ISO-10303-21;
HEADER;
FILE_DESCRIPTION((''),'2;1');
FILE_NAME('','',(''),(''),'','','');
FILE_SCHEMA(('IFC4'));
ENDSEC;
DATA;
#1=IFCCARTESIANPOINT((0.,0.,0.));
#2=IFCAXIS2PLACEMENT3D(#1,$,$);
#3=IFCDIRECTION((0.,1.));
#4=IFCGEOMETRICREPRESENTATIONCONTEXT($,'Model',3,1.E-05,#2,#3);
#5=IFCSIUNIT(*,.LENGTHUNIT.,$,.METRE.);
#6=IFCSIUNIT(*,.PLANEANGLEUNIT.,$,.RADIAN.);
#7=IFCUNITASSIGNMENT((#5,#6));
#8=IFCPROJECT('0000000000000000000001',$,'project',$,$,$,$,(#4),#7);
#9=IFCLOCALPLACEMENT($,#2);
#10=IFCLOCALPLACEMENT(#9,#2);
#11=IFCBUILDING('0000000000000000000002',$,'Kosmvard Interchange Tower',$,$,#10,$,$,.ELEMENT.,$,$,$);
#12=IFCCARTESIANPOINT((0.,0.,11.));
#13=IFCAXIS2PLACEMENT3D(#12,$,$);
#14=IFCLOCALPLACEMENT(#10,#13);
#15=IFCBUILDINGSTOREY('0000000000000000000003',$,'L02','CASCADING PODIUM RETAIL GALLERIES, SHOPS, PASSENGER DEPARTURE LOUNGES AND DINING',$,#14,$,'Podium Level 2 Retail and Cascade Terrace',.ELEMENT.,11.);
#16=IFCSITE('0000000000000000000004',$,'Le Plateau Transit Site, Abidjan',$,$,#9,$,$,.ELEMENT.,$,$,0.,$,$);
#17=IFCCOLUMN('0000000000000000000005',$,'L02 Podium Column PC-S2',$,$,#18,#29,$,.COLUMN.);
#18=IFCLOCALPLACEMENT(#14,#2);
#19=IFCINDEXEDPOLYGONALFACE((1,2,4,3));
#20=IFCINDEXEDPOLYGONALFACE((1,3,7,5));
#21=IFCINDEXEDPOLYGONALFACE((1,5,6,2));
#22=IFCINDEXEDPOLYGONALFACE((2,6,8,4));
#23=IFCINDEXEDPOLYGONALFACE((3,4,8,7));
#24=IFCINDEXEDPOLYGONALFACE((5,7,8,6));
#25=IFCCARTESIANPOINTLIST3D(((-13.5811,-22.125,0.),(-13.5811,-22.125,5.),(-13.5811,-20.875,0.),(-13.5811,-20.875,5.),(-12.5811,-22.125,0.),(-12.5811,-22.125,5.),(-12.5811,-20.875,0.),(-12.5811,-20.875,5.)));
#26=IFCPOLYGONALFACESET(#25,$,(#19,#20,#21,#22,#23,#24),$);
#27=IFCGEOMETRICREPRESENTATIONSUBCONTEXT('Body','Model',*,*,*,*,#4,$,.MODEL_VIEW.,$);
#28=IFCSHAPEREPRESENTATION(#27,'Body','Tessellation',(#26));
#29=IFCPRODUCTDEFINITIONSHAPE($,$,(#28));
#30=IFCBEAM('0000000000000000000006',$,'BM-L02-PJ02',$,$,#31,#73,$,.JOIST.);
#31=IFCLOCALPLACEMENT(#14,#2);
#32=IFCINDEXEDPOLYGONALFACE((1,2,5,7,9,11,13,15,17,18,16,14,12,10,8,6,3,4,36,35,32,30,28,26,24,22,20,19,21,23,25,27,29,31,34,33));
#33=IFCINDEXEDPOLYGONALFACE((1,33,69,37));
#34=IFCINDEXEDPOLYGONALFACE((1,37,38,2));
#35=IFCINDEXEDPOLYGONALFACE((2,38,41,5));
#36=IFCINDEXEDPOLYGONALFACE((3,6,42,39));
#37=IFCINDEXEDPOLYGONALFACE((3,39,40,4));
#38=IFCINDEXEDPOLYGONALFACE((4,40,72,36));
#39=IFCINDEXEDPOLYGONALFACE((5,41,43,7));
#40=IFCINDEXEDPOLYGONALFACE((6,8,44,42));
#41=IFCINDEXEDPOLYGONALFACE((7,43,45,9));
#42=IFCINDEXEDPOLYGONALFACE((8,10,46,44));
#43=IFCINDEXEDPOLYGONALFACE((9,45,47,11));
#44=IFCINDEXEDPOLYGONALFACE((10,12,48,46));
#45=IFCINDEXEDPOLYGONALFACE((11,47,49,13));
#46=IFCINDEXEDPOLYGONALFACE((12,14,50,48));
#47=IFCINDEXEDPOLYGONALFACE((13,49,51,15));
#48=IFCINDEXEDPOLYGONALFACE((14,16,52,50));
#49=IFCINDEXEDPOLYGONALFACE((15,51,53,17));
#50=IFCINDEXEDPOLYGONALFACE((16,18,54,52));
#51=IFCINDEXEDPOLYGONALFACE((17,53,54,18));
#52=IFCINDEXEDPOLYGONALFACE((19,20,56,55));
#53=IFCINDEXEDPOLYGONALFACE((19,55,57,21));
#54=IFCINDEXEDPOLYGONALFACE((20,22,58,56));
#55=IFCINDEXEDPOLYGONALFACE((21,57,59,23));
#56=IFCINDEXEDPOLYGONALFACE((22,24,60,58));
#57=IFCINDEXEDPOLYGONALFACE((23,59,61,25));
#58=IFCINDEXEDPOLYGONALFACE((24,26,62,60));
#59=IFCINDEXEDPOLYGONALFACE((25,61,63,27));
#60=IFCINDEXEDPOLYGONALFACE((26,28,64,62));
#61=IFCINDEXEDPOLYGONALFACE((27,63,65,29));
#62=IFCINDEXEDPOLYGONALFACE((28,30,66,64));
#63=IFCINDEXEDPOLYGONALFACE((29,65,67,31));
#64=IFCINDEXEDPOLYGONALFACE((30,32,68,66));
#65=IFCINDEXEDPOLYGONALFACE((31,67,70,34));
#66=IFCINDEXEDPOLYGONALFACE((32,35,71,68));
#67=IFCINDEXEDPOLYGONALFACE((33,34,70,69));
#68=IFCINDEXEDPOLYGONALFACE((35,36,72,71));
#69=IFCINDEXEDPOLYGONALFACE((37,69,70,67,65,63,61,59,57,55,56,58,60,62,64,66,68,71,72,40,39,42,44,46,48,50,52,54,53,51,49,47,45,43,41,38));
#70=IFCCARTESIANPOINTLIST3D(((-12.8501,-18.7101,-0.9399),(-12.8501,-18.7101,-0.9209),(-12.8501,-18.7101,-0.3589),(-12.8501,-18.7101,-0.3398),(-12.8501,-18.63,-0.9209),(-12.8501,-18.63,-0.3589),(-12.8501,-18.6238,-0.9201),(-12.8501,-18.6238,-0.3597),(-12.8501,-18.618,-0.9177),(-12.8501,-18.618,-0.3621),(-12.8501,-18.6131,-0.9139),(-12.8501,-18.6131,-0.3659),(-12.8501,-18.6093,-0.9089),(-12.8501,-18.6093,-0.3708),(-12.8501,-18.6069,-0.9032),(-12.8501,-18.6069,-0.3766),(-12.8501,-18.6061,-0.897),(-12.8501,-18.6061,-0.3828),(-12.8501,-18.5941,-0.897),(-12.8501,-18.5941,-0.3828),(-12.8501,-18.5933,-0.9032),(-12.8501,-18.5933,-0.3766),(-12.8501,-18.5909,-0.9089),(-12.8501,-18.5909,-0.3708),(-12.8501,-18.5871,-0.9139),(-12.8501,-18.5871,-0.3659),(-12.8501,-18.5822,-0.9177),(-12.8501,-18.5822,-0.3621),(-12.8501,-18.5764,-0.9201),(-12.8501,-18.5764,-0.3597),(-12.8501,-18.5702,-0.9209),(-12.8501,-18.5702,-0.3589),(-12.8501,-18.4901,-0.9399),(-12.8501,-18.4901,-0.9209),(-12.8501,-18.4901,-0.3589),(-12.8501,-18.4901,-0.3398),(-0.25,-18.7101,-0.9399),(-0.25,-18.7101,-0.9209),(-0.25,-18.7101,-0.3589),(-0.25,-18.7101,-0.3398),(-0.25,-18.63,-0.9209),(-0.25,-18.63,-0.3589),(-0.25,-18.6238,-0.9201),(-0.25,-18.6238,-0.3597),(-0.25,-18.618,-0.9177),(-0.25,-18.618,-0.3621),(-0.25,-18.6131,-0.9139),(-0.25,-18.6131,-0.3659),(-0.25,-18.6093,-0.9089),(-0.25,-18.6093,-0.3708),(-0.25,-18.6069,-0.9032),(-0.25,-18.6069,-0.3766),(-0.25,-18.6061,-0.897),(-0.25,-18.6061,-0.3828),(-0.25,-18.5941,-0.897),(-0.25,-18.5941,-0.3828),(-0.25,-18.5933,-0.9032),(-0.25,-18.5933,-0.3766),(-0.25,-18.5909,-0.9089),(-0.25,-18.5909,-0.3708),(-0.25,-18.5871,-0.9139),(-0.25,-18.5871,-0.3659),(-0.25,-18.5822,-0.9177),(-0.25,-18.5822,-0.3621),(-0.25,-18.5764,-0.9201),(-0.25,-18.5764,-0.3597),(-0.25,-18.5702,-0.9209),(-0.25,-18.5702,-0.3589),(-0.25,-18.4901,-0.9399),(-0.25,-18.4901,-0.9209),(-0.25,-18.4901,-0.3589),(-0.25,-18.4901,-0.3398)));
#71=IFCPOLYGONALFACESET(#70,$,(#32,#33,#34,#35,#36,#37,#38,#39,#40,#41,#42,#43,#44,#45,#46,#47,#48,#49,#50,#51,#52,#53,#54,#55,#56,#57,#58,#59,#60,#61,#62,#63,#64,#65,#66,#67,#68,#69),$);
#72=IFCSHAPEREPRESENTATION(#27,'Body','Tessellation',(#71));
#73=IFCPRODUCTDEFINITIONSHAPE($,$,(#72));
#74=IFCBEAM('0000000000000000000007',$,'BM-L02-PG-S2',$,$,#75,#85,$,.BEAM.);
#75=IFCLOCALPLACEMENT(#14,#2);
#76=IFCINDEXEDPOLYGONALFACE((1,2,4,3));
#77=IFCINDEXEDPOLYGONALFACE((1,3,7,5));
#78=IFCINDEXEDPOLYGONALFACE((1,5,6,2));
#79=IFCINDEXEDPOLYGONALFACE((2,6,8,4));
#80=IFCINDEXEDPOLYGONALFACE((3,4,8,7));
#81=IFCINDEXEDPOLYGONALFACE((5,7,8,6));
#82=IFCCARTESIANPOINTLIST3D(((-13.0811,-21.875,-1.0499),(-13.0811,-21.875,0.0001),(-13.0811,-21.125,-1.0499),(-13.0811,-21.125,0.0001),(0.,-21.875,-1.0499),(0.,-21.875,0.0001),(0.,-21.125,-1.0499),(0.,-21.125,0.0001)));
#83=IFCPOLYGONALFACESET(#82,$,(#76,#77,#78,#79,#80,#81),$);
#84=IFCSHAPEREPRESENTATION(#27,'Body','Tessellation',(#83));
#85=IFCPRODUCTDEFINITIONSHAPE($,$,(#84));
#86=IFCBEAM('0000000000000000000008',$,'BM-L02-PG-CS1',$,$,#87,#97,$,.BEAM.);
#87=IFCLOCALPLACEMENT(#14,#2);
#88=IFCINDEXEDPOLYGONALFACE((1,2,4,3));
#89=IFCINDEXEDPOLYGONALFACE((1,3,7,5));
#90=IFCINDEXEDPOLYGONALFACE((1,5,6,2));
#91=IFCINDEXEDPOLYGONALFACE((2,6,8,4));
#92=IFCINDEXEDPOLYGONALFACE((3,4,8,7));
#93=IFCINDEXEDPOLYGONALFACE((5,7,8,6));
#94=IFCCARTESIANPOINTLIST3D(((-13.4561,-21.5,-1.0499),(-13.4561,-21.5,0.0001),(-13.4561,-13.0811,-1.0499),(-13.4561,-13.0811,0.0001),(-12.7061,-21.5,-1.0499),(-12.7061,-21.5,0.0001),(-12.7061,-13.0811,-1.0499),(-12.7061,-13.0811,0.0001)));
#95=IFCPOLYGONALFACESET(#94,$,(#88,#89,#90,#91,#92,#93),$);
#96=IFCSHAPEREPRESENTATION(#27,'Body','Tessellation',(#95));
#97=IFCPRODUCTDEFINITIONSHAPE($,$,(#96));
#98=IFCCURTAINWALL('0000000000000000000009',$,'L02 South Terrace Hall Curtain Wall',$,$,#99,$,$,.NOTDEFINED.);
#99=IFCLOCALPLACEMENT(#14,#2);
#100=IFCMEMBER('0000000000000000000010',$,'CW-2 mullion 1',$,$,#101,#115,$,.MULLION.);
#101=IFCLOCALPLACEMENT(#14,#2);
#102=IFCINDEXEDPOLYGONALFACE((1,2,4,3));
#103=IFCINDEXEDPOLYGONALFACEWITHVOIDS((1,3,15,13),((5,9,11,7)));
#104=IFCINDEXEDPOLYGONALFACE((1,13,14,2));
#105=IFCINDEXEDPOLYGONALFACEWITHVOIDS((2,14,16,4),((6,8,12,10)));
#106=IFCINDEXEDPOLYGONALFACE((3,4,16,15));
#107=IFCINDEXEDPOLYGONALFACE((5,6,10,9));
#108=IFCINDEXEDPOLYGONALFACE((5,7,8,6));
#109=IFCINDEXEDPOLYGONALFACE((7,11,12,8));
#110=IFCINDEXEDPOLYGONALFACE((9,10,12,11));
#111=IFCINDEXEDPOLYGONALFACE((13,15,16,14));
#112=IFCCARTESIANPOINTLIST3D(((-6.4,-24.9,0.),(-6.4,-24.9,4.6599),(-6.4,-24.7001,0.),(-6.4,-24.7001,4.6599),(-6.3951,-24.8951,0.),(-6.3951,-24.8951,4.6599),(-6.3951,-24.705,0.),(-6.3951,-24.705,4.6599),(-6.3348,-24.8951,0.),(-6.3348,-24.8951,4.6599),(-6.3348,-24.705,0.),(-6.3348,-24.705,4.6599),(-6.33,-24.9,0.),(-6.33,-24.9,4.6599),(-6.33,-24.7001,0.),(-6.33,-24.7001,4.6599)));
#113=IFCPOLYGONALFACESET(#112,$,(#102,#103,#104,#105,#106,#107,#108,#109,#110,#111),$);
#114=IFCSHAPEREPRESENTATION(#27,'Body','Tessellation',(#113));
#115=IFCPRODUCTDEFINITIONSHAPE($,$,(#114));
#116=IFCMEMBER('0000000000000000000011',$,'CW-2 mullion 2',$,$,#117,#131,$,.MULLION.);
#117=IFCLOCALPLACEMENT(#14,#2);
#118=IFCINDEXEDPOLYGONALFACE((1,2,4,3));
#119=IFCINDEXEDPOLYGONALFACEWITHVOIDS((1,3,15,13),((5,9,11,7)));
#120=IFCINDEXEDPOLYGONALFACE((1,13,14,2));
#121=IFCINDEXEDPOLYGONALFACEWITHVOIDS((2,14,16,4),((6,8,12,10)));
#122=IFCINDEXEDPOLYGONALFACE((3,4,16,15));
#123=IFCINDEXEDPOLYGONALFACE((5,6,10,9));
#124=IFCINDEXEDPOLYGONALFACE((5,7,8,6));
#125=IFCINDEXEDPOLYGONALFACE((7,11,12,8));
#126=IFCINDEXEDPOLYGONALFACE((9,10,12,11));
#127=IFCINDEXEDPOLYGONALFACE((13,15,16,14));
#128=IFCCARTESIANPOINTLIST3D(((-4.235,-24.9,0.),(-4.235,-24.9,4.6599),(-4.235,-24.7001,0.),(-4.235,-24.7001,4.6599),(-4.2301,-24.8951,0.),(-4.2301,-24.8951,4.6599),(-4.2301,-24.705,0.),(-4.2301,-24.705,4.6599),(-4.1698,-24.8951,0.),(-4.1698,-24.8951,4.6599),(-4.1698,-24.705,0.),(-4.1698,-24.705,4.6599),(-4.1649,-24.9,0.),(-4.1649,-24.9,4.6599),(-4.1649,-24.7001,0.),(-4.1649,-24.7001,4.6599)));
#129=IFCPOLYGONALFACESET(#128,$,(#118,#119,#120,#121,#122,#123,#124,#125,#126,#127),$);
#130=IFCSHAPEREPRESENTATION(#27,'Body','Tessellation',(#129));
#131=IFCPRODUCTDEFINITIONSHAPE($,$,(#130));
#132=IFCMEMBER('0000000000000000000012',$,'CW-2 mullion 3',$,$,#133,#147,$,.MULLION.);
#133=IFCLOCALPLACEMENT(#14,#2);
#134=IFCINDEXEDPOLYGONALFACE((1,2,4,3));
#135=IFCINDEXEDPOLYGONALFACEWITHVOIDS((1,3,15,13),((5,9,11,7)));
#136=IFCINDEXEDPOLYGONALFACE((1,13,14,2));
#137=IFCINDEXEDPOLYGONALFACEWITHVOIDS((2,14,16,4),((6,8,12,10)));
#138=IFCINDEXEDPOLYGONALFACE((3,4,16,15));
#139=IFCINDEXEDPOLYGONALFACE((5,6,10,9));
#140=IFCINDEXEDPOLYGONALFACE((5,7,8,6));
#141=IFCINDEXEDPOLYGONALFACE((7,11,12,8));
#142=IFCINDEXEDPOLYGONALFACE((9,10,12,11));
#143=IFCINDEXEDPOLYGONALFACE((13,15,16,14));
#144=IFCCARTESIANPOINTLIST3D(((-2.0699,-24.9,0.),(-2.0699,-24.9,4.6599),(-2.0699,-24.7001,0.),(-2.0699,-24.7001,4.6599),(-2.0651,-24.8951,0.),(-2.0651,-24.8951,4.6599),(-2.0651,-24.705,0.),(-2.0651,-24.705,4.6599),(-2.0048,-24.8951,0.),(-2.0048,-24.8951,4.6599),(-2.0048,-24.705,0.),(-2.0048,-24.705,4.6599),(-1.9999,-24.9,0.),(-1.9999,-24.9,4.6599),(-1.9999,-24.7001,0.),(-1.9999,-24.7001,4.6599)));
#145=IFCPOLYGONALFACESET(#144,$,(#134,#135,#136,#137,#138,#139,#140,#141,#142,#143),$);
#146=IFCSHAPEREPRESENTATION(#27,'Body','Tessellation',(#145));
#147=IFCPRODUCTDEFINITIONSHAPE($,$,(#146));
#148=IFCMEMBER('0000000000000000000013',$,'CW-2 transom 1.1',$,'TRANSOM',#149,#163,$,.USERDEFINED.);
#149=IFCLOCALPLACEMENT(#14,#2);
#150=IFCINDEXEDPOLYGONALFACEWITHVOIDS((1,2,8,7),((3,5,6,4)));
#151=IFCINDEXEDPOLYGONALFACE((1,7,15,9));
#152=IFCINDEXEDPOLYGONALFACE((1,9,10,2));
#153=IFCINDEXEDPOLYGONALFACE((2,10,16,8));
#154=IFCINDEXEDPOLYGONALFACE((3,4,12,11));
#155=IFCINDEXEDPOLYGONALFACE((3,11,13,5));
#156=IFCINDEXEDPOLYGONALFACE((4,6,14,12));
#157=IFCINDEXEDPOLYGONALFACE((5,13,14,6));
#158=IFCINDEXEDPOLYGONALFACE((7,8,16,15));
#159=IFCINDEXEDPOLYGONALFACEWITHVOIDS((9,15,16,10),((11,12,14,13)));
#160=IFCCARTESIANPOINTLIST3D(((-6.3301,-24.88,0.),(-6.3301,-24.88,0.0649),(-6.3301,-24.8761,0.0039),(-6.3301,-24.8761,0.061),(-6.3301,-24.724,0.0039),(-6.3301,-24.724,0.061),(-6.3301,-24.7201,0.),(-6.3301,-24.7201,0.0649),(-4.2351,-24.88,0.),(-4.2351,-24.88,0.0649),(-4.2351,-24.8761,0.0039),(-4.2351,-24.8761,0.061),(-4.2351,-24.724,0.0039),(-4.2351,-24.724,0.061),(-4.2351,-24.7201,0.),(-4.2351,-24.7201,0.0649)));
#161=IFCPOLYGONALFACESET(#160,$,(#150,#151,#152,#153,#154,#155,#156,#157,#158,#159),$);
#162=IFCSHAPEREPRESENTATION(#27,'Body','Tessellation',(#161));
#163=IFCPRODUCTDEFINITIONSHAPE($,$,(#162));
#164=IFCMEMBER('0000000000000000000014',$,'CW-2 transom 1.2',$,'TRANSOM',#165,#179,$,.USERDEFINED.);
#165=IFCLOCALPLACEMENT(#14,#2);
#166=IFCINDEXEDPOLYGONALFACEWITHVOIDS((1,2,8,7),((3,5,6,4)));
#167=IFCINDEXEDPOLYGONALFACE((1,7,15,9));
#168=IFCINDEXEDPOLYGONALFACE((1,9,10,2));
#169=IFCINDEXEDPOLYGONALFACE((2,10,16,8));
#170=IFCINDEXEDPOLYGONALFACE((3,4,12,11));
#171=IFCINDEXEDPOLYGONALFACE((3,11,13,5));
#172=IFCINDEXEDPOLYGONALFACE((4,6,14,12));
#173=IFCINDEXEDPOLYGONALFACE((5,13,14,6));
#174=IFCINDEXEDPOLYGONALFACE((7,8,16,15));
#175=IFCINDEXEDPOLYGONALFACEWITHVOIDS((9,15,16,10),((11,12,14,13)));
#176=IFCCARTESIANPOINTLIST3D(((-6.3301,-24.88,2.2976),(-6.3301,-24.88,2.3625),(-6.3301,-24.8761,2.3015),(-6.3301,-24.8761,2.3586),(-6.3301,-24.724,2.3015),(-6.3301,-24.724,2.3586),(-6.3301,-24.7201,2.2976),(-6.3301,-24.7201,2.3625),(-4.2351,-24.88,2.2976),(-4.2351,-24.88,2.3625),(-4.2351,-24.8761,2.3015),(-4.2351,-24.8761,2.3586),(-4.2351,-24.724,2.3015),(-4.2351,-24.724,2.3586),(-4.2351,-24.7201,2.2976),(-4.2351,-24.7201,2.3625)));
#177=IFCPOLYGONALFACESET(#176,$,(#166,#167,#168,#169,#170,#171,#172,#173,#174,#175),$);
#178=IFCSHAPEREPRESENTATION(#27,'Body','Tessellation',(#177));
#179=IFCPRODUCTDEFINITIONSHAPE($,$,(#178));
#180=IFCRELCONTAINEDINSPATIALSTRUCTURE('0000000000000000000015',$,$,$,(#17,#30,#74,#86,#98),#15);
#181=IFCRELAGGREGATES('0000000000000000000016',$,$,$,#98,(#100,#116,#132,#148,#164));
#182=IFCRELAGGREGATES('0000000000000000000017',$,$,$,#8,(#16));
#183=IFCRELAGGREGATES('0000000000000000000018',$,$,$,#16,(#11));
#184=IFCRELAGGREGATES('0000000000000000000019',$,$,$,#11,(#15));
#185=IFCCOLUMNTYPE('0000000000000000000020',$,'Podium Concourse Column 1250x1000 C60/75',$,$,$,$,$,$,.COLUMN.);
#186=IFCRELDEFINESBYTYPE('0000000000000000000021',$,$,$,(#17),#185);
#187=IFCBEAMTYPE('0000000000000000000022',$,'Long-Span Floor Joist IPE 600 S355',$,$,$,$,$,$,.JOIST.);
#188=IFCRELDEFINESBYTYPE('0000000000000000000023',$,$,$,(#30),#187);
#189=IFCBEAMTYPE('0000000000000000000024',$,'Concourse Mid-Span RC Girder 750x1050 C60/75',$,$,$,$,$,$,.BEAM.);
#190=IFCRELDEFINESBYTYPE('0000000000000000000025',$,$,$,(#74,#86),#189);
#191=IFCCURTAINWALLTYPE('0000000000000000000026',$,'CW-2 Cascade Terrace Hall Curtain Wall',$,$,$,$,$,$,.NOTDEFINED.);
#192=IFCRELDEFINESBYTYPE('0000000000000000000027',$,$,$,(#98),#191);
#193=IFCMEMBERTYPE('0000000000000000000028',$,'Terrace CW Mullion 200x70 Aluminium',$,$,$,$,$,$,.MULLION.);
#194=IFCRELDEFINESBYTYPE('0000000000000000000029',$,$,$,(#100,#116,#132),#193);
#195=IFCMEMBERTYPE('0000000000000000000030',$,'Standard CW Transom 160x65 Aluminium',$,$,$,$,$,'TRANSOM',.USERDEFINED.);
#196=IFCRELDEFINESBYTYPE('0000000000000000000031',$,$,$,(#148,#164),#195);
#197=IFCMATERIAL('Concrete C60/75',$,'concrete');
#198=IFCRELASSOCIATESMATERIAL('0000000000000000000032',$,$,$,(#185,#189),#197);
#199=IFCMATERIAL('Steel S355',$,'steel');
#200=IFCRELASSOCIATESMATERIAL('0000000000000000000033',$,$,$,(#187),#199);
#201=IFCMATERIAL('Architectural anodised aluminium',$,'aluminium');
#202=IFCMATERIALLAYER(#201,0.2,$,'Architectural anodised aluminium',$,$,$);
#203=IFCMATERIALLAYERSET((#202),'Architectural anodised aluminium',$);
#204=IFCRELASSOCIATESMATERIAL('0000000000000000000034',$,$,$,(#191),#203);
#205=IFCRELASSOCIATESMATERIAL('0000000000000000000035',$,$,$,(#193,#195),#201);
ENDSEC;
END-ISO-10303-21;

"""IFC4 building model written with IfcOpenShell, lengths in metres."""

from ifc_helpers import new_model, si_unit, direction, frame, origin, origin_2d, place, context, subcontext, project, spatial, rectangle, hollow_rectangle, i_section, extrude, source, transform, mapped, material, layer, layer_set, material_profile, profile_set, type_object, element, aggregate, save


model = new_model("IFC4")

# Units and contexts
model_context = context("Model", 3, precision=1e-05, world=origin(), true_north=direction((0.0, 1.0)))
body_context = subcontext(model_context, "Body", "Model", "MODEL_VIEW")
ifc_project = project(units=[si_unit("LENGTHUNIT", "METRE"), si_unit("PLANEANGLEUNIT", "RADIAN")], contexts=[model_context])

# Site, building, storey
site_placement = place(None, origin())
site = spatial("IfcSite", under=ifc_project, at=site_placement, Name="Le Plateau Transit Site, Abidjan", CompositionType="ELEMENT", RefElevation=0.0)
building_placement = place(site_placement, origin())
building = spatial("IfcBuilding", under=site, at=building_placement, Name="Kosmvard Interchange Tower", CompositionType="ELEMENT")
storey_placement = place(building_placement, frame((0.0, 0.0, 11.0)))
storey = spatial("IfcBuildingStorey", under=building, at=storey_placement, Name="L02", Description="CASCADING PODIUM RETAIL GALLERIES, SHOPS, PASSENGER DEPARTURE LOUNGES AND DINING", LongName="Podium Level 2 Retail and Cascade Terrace", CompositionType="ELEMENT", Elevation=11.0)

# Column
ifc_material_1 = material(Name="Concrete C60/75", Category="concrete")
ifc_material_profile_1 = material_profile(ifc_material_1, rectangle(XDim=1.0, YDim=1.25, at=origin_2d()), Name="PC 1250x1000")
ifc_profile_set_1 = profile_set([ifc_material_profile_1], Name="Concrete C60/75")
column_type = type_object("IfcColumnType", Name="Podium Concourse Column 1250x1000 C60/75", PredefinedType="COLUMN", material=ifc_profile_set_1)
shared_shape_1 = source(origin(), body_context, "Body", "SweptSolid", [
    extrude(rectangle(XDim=1.0, YDim=1.25, at=origin_2d()), origin(), (0.0, 0.0, 1.0), 5.0),
])
column_placement = place(storey_placement, frame((-13.0811, -21.5, 0.0), z_axis=(0.0, 0.0, 1.0), x_axis=(1.0, 0.0, 0.0)))
element("IfcColumn", 1, at=column_placement, inside=storey, type_object=column_type, Name="L02 Podium Column PC-S2", PredefinedType="COLUMN", context=body_context, shape_type="MappedRepresentation", body=[
    mapped(shared_shape_1, transform((0.0, 0.0, 0.0), scale=1.0)),
])

# Beams
ifc_material_2 = material(Name="Steel S355", Category="steel")
ifc_material_profile_2 = material_profile(ifc_material_2, i_section(OverallWidth=0.22, OverallDepth=0.6001, WebThickness=0.012, FlangeThickness=0.019, FilletRadius=0.0239, at=origin_2d()), Name="IPE 600")
ifc_profile_set_2 = profile_set([ifc_material_profile_2], Name="Steel S355")
beam_type_1 = type_object("IfcBeamType", Name="Long-Span Floor Joist IPE 600 S355", PredefinedType="JOIST", material=ifc_profile_set_2)
shared_shape_2 = source(origin(), body_context, "Body", "SweptSolid", [
    extrude(i_section(OverallWidth=0.22, OverallDepth=0.6001, WebThickness=0.012, FlangeThickness=0.019, FilletRadius=0.0239, at=origin_2d()), origin(), (0.0, 0.0, 1.0), 12.6001),
])
beam_1_placement = place(storey_placement, frame((-12.8501, -18.6001, -0.6399), z_axis=(1.0, 0.0, 0.0), x_axis=(0.0, 1.0, 0.0)))
element("IfcBeam", 2, at=beam_1_placement, inside=storey, type_object=beam_type_1, Name="BM-L02-PJ02", PredefinedType="JOIST", context=body_context, shape_type="MappedRepresentation", body=[
    mapped(shared_shape_2, transform((0.0, 0.0, 0.0), scale=1.0)),
])
ifc_material_profile_3 = material_profile(ifc_material_1, rectangle(XDim=0.75, YDim=1.05, at=origin_2d()), Name="RCG 750x1050")
ifc_profile_set_3 = profile_set([ifc_material_profile_3], Name="Concrete C60/75")
beam_type_2 = type_object("IfcBeamType", Name="Concourse Mid-Span RC Girder 750x1050 C60/75", PredefinedType="BEAM", material=ifc_profile_set_3)
shared_shape_3 = source(origin(), body_context, "Body", "SweptSolid", [
    extrude(rectangle(XDim=0.75, YDim=1.05, at=origin_2d()), origin(), (0.0, 0.0, 1.0), 13.0811),
])
beam_2_placement = place(storey_placement, frame((-13.0811, -21.5, -0.5249), z_axis=(1.0, 0.0, 0.0), x_axis=(0.0, 1.0, 0.0)))
element("IfcBeam", 3, at=beam_2_placement, inside=storey, type_object=beam_type_2, Name="BM-L02-PG-S2", PredefinedType="BEAM", context=body_context, shape_type="MappedRepresentation", body=[
    mapped(shared_shape_3, transform((0.0, 0.0, 0.0), scale=1.0)),
])
shared_shape_4 = source(origin(), body_context, "Body", "SweptSolid", [
    extrude(rectangle(XDim=0.75, YDim=1.05, at=origin_2d()), origin(), (0.0, 0.0, 1.0), 8.4189),
])
beam_3_placement = place(storey_placement, frame((-13.0811, -21.5, -0.5249), z_axis=(0.0, 1.0, 0.0), x_axis=(-1.0, 0.0, 0.0)))
element("IfcBeam", 4, at=beam_3_placement, inside=storey, type_object=beam_type_2, Name="BM-L02-PG-CS1", PredefinedType="BEAM", context=body_context, shape_type="MappedRepresentation", body=[
    mapped(shared_shape_4, transform((0.0, 0.0, 0.0), scale=1.0)),
])

# Curtain wall, members
ifc_material_3 = material(Name="Architectural anodised aluminium", Category="aluminium")
ifc_layer_1 = layer(ifc_material_3, 0.2, Name="Architectural anodised aluminium")
ifc_layer_set_1 = layer_set([ifc_layer_1], Name="Architectural anodised aluminium")
curtain_wall_type = type_object("IfcCurtainWallType", Name="CW-2 Cascade Terrace Hall Curtain Wall", PredefinedType="NOTDEFINED", material=ifc_layer_set_1)
curtain_wall_placement = place(storey_placement, origin())
curtain_wall = element("IfcCurtainWall", 5, at=curtain_wall_placement, inside=storey, type_object=curtain_wall_type, Name="L02 South Terrace Hall Curtain Wall", PredefinedType="NOTDEFINED")
ifc_material_profile_4 = material_profile(ifc_material_3, hollow_rectangle(XDim=0.2, YDim=0.0701, WallThickness=0.0049, at=origin_2d()), Name="CWM 200x70x5")
ifc_profile_set_4 = profile_set([ifc_material_profile_4], Name="Architectural anodised aluminium")
member_type_1 = type_object("IfcMemberType", Name="Terrace CW Mullion 200x70 Aluminium", PredefinedType="MULLION", material=ifc_profile_set_4)
shared_shape_5 = source(origin(), body_context, "Body", "SweptSolid", [
    extrude(hollow_rectangle(XDim=0.2, YDim=0.0701, WallThickness=0.0049, at=origin_2d()), origin(), (0.0, 0.0, 1.0), 4.6599),
])
member_1_placement = place(storey_placement, frame((-6.365, -24.8, 0.0), z_axis=(0.0, 0.0, 1.0), x_axis=(0.0, 1.0, 0.0)))
member_1 = element("IfcMember", 6, at=member_1_placement, type_object=member_type_1, Name="CW-2 mullion 1", PredefinedType="MULLION", context=body_context, shape_type="MappedRepresentation", body=[
    mapped(shared_shape_5, transform((0.0, 0.0, 0.0), scale=1.0)),
])
member_2_placement = place(storey_placement, frame((-4.2, -24.8, 0.0), z_axis=(0.0, 0.0, 1.0), x_axis=(0.0, 1.0, 0.0)))
member_2 = element("IfcMember", 7, at=member_2_placement, type_object=member_type_1, Name="CW-2 mullion 2", PredefinedType="MULLION", context=body_context, shape_type="MappedRepresentation", body=[
    mapped(shared_shape_5, transform((0.0, 0.0, 0.0), scale=1.0)),
])
member_3_placement = place(storey_placement, frame((-2.0349, -24.8, 0.0), z_axis=(0.0, 0.0, 1.0), x_axis=(0.0, 1.0, 0.0)))
member_3 = element("IfcMember", 8, at=member_3_placement, type_object=member_type_1, Name="CW-2 mullion 3", PredefinedType="MULLION", context=body_context, shape_type="MappedRepresentation", body=[
    mapped(shared_shape_5, transform((0.0, 0.0, 0.0), scale=1.0)),
])
ifc_material_profile_5 = material_profile(ifc_material_3, hollow_rectangle(XDim=0.1599, YDim=0.0649, WallThickness=0.0039, at=origin_2d()), Name="CWT 160x65x4")
ifc_profile_set_5 = profile_set([ifc_material_profile_5], Name="Architectural anodised aluminium")
member_type_2 = type_object("IfcMemberType", Name="Standard CW Transom 160x65 Aluminium", ElementType="TRANSOM", PredefinedType="USERDEFINED", material=ifc_profile_set_5)
shared_shape_6 = source(origin(), body_context, "Body", "SweptSolid", [
    extrude(hollow_rectangle(XDim=0.1599, YDim=0.0649, WallThickness=0.0039, at=origin_2d()), origin(), (0.0, 0.0, 1.0), 2.095),
])
member_4_placement = place(storey_placement, frame((-6.3301, -24.8, 0.0325), z_axis=(1.0, 0.0, 0.0), x_axis=(0.0, 1.0, 0.0)))
member_4 = element("IfcMember", 9, at=member_4_placement, type_object=member_type_2, Name="CW-2 transom 1.1", ObjectType="TRANSOM", PredefinedType="USERDEFINED", context=body_context, shape_type="MappedRepresentation", body=[
    mapped(shared_shape_6, transform((0.0, 0.0, 0.0), scale=1.0)),
])
member_5_placement = place(storey_placement, frame((-6.3301, -24.8, 2.3301), z_axis=(1.0, 0.0, 0.0), x_axis=(0.0, 1.0, 0.0)))
member_5 = element("IfcMember", 10, at=member_5_placement, type_object=member_type_2, Name="CW-2 transom 1.2", ObjectType="TRANSOM", PredefinedType="USERDEFINED", context=body_context, shape_type="MappedRepresentation", body=[
    mapped(shared_shape_6, transform((0.0, 0.0, 0.0), scale=1.0)),
])
aggregate(curtain_wall, [member_1, member_2, member_3, member_4, member_5])

save(model, "model.ifc")
